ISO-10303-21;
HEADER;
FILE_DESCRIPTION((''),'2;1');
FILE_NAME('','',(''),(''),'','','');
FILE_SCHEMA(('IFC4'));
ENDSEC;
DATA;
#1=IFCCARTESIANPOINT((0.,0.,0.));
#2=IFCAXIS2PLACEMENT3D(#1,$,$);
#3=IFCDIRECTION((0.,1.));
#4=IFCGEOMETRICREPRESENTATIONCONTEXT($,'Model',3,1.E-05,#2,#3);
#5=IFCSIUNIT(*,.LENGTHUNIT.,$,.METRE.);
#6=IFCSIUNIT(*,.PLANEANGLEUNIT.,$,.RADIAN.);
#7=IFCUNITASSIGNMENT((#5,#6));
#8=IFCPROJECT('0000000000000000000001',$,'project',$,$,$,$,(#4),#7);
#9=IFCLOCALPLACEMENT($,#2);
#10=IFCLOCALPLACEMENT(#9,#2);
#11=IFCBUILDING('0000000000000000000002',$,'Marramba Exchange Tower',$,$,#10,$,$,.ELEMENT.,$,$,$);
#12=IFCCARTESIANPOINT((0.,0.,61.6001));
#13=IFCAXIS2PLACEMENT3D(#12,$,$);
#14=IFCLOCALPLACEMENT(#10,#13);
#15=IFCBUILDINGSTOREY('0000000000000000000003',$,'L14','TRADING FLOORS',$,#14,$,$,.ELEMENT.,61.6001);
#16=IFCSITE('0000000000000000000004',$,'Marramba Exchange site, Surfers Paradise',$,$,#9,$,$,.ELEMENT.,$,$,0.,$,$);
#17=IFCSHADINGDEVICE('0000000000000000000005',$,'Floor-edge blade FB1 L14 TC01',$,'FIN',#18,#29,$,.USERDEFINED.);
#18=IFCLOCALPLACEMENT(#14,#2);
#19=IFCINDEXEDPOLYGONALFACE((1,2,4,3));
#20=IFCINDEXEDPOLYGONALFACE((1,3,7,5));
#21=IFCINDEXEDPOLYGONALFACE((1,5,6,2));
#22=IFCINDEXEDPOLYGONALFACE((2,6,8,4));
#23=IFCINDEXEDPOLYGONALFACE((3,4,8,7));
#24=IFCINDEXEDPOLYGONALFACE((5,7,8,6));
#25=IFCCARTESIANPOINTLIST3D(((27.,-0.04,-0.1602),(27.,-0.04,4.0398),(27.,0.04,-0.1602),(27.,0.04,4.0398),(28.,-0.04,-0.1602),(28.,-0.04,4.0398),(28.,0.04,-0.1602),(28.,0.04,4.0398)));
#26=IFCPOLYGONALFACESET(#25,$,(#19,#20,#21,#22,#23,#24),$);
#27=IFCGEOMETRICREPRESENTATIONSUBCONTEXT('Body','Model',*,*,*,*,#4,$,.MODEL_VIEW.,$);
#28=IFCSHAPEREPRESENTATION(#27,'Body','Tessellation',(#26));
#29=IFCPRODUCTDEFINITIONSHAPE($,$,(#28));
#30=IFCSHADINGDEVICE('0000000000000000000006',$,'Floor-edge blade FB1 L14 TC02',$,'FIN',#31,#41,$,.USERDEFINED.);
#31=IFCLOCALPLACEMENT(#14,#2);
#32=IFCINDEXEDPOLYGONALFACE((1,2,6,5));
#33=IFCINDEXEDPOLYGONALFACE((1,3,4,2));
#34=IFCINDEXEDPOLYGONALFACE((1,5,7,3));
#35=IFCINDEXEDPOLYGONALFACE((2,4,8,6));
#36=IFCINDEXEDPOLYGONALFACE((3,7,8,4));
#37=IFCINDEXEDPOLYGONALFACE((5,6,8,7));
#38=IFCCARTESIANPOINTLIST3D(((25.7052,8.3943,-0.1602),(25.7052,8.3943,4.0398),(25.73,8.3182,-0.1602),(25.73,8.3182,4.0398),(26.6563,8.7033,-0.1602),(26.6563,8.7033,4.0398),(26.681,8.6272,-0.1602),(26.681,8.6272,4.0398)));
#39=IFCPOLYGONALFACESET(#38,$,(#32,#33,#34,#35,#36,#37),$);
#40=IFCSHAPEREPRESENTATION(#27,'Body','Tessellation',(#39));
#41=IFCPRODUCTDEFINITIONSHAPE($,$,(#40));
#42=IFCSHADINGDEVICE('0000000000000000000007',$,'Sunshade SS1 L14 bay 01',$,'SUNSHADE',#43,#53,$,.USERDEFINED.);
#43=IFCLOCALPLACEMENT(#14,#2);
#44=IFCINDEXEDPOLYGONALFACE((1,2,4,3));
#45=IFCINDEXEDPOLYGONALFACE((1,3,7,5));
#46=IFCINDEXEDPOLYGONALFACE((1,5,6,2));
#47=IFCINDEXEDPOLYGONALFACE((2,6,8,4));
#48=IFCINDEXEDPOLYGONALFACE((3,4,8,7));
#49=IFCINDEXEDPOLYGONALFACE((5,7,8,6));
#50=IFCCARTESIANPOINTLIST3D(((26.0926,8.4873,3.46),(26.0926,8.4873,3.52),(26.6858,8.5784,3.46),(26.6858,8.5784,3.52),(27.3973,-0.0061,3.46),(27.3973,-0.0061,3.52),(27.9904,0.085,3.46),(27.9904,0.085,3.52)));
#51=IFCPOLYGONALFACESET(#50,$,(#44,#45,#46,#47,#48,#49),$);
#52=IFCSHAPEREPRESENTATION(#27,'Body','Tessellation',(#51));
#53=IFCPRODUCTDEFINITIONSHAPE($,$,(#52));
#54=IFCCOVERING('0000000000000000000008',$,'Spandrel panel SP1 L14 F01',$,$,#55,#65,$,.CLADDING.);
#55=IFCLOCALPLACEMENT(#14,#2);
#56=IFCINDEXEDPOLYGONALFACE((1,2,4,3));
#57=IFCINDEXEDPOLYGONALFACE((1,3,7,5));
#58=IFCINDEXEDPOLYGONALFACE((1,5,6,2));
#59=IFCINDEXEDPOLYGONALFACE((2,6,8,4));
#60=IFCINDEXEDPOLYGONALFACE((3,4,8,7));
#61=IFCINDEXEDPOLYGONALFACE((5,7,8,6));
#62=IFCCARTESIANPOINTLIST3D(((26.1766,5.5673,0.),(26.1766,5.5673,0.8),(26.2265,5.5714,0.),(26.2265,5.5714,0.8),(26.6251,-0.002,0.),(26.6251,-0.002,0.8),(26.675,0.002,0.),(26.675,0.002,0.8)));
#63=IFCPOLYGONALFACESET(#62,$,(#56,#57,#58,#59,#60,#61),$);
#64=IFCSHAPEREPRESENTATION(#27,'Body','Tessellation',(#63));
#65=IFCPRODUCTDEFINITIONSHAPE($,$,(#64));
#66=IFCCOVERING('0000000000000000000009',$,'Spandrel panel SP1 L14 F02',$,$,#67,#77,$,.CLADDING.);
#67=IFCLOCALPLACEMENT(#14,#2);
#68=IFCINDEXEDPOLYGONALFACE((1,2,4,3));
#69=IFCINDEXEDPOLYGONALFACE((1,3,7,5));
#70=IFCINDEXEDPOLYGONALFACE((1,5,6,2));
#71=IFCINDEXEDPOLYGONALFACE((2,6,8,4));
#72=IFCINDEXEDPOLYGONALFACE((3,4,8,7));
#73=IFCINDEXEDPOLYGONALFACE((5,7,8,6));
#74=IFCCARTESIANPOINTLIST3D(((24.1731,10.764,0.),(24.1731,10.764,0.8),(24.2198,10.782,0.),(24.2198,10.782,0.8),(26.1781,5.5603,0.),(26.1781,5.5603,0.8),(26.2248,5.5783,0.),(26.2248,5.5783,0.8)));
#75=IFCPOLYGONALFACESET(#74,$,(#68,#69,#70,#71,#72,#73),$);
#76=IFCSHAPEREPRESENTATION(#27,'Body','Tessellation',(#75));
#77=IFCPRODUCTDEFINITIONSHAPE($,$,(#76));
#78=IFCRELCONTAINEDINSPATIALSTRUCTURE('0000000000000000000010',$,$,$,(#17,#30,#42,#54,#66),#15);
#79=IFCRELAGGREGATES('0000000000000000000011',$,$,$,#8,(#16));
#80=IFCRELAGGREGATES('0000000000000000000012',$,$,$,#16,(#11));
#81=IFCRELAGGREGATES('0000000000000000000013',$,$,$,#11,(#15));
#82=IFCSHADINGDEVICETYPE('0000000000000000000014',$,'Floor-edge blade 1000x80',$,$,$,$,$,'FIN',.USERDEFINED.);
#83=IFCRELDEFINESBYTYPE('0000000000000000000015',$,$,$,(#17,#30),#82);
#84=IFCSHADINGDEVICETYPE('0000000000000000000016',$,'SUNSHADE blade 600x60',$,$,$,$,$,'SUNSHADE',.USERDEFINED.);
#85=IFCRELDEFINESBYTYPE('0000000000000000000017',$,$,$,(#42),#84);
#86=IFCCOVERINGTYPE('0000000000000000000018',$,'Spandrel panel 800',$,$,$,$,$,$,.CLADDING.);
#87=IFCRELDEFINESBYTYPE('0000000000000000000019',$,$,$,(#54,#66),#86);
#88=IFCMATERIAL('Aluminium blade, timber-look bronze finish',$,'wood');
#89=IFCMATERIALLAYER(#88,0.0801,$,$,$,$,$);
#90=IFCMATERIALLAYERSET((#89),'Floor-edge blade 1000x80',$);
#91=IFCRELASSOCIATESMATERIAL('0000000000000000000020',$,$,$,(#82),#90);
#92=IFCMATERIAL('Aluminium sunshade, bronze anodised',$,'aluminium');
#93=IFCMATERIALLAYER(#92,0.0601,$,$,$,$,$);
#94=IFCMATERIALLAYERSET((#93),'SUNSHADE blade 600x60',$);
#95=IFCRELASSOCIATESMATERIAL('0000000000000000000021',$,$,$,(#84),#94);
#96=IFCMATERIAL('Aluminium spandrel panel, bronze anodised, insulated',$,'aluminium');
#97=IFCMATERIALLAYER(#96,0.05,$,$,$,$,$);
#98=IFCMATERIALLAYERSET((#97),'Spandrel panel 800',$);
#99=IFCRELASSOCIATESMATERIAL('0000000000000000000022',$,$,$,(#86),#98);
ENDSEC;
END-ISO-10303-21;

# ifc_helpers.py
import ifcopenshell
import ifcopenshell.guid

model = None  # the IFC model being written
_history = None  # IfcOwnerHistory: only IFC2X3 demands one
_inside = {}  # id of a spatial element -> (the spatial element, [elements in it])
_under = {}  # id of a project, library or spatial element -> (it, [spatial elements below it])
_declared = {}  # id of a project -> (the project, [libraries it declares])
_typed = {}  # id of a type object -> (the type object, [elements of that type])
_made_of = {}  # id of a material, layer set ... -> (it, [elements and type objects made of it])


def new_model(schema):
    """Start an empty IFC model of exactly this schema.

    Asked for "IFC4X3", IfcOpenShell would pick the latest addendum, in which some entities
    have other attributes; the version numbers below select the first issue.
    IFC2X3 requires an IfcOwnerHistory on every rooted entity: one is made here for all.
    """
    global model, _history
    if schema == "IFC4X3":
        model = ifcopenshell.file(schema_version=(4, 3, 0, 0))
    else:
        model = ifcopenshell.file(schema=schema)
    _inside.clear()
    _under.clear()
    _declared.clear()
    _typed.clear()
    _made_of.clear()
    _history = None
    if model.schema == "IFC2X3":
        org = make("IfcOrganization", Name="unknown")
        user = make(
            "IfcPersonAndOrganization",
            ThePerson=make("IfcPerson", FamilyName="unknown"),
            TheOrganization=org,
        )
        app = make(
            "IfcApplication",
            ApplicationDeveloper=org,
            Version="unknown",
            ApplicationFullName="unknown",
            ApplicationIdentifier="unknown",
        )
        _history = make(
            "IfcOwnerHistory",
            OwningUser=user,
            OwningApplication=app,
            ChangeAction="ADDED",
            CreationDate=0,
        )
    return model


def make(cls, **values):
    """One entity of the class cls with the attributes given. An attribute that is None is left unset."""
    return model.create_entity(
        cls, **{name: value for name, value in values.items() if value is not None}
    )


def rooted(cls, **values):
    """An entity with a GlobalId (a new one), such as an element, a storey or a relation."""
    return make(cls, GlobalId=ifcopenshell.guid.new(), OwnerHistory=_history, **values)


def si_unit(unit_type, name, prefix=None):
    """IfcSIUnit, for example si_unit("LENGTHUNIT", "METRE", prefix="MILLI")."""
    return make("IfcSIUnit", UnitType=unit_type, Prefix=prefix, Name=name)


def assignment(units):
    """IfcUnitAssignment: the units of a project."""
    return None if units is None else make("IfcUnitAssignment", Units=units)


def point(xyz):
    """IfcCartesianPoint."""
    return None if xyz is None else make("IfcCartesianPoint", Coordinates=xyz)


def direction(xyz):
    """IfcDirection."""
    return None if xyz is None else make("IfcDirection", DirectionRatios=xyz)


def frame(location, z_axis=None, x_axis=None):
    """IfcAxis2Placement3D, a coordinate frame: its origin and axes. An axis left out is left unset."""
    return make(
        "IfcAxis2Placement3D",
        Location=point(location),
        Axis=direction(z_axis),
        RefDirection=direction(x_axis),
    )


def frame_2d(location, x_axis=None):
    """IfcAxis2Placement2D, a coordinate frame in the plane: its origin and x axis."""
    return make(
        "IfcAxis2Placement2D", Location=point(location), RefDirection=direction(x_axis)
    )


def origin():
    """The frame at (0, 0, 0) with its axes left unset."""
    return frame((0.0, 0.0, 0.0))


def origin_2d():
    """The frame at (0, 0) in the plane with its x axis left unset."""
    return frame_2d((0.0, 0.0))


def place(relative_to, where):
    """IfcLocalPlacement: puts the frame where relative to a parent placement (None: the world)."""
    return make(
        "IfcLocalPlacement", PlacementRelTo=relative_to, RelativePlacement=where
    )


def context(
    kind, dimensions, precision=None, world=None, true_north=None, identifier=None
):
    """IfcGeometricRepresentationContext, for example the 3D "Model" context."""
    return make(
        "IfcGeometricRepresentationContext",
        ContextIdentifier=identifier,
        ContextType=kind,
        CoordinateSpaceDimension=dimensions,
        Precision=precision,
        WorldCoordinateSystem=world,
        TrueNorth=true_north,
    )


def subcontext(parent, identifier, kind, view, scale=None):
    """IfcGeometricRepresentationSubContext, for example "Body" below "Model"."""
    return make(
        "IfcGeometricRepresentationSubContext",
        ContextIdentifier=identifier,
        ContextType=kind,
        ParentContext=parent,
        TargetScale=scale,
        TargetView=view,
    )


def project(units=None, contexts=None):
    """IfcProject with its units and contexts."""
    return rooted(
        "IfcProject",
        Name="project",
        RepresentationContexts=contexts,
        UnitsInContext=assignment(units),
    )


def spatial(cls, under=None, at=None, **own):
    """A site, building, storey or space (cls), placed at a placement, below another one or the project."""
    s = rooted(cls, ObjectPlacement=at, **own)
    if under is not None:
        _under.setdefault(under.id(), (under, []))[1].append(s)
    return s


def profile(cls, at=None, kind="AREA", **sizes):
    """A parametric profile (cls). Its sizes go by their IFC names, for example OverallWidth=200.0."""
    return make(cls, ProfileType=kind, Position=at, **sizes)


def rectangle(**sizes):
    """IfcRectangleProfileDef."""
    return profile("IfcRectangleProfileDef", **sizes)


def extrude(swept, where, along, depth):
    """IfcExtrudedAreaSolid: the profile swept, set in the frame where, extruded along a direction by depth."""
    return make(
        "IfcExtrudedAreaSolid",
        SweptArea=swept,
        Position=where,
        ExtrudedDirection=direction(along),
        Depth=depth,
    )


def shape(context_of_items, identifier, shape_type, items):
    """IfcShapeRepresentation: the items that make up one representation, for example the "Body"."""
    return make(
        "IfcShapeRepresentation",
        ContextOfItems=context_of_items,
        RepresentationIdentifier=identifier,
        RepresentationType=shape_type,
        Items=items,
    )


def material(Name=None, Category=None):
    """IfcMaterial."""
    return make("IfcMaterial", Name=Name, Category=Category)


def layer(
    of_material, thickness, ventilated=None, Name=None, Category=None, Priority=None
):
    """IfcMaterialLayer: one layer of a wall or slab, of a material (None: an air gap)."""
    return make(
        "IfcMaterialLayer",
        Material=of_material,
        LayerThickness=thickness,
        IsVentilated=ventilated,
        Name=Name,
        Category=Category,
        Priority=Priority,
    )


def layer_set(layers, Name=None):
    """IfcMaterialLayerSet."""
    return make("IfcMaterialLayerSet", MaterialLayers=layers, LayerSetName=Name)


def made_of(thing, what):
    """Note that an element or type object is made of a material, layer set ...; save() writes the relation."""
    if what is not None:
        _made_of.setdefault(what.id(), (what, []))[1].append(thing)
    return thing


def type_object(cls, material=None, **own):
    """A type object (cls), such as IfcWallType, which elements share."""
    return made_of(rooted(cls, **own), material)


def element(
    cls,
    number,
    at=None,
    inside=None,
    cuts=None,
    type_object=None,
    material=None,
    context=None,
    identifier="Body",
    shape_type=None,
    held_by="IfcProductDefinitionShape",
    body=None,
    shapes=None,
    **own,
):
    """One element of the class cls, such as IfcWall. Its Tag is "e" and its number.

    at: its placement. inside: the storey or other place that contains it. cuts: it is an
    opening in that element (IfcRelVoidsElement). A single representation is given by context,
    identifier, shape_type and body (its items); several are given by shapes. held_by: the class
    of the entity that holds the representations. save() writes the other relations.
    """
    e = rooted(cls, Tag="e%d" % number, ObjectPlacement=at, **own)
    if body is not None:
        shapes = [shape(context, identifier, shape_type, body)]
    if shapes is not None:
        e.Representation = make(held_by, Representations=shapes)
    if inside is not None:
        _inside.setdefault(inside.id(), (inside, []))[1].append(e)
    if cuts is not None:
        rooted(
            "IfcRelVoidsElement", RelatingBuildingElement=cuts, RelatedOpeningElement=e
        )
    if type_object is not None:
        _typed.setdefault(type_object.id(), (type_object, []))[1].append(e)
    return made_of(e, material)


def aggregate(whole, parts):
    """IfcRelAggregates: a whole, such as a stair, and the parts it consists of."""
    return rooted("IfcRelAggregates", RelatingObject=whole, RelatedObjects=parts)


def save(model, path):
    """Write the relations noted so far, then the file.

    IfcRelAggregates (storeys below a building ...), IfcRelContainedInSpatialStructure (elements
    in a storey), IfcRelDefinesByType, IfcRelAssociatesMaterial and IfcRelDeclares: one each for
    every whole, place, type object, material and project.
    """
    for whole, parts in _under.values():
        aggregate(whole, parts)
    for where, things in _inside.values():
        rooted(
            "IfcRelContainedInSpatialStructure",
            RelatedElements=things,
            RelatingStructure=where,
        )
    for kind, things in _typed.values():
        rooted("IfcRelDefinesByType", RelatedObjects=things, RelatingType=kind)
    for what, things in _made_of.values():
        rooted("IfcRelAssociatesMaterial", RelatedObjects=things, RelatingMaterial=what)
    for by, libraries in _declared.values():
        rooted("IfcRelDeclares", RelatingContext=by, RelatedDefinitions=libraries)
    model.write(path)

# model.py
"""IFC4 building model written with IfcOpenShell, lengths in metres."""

from ifc_helpers import new_model, si_unit, direction, frame, origin, origin_2d, place, context, subcontext, project, spatial, rectangle, extrude, material, layer, layer_set, type_object, element, save


model = new_model("IFC4")

# Units and contexts
model_context = context("Model", 3, precision=1e-05, world=origin(), true_north=direction((0.0, 1.0)))
body_context = subcontext(model_context, "Body", "Model", "MODEL_VIEW")
ifc_project = project(units=[si_unit("LENGTHUNIT", "METRE"), si_unit("PLANEANGLEUNIT", "RADIAN")], contexts=[model_context])

# Site, building, storey
site_placement = place(None, origin())
site = spatial("IfcSite", under=ifc_project, at=site_placement, Name="Marramba Exchange site, Surfers Paradise", CompositionType="ELEMENT", RefElevation=0.0)
building_placement = place(site_placement, origin())
building = spatial("IfcBuilding", under=site, at=building_placement, Name="Marramba Exchange Tower", CompositionType="ELEMENT")
storey_placement = place(building_placement, frame((0.0, 0.0, 61.6001)))
storey = spatial("IfcBuildingStorey", under=building, at=storey_placement, Name="L14", Description="TRADING FLOORS", CompositionType="ELEMENT", Elevation=61.6001)

# Shading devices
ifc_material_1 = material(Name="Aluminium blade, timber-look bronze finish", Category="wood")
ifc_layer_1 = layer(ifc_material_1, 0.0801)
ifc_layer_set_1 = layer_set([ifc_layer_1], Name="Floor-edge blade 1000x80")
shading_device_type_1 = type_object("IfcShadingDeviceType", Name="Floor-edge blade 1000x80", ElementType="FIN", PredefinedType="USERDEFINED", material=ifc_layer_set_1)
for number, where, z_axis, x_axis, name in (
    (1, (27.5, 0.0, -0.1602), (0.0, 0.0, 1.0), (1.0, 0.0, 0.0), "Floor-edge blade FB1 L14 TC01"),
    (2, (26.1931, 8.5107, -0.1602), (0.0, 0.0, 1.0), (0.951057, 0.309017, 0.0), "Floor-edge blade FB1 L14 TC02"),
):
    element("IfcShadingDevice", number, at=place(storey_placement, frame(where, z_axis=z_axis, x_axis=x_axis)), inside=storey, type_object=shading_device_type_1, Name=name, ObjectType="FIN", PredefinedType="USERDEFINED", context=body_context, shape_type="SweptSolid", body=[
        extrude(rectangle(XDim=1.0, YDim=0.0801, at=origin_2d()), origin(), (0.0, 0.0, 1.0), 4.2),
    ])
ifc_material_2 = material(Name="Aluminium sunshade, bronze anodised", Category="aluminium")
ifc_layer_2 = layer(ifc_material_2, 0.0601)
ifc_layer_set_2 = layer_set([ifc_layer_2], Name="SUNSHADE blade 600x60")
shading_device_type_2 = type_object("IfcShadingDeviceType", Name="SUNSHADE blade 600x60", ElementType="SUNSHADE", PredefinedType="USERDEFINED", material=ifc_layer_set_2)
shading_device_placement = place(storey_placement, frame((27.0415, 4.2861, 3.46), z_axis=(0.0, 0.0, 1.0), x_axis=(-0.151825, 0.988407, 0.0)))
element("IfcShadingDevice", 3, at=shading_device_placement, inside=storey, type_object=shading_device_type_2, Name="Sunshade SS1 L14 bay 01", ObjectType="SUNSHADE", PredefinedType="USERDEFINED", context=body_context, shape_type="SweptSolid", body=[
    extrude(rectangle(XDim=8.593, YDim=0.6001, at=origin_2d()), origin(), (0.0, 0.0, 1.0), 0.0601),
])

# Coverings
ifc_material_3 = material(Name="Aluminium spandrel panel, bronze anodised, insulated", Category="aluminium")
ifc_layer_3 = layer(ifc_material_3, 0.05)
ifc_layer_set_3 = layer_set([ifc_layer_3], Name="Spandrel panel 800")
covering_type = type_object("IfcCoveringType", Name="Spandrel panel 800", PredefinedType="CLADDING", material=ifc_layer_set_3)
covering_1_placement = place(storey_placement, frame((26.4258, 2.7847, 0.0), z_axis=(0.0, 0.0, 1.0), x_axis=(-0.080275, 0.996773, 0.0)))
element("IfcCovering", 4, at=covering_1_placement, inside=storey, type_object=covering_type, Name="Spandrel panel SP1 L14 F01", PredefinedType="CLADDING", context=body_context, shape_type="SweptSolid", body=[
    extrude(rectangle(XDim=5.5874, YDim=0.05, at=origin_2d()), origin(), (0.0, 0.0, 1.0), 0.8),
])
covering_2_placement = place(storey_placement, frame((25.199, 8.1711, 0.0), z_axis=(0.0, 0.0, 1.0), x_axis=(-0.359526, 0.933135, 0.0)))
element("IfcCovering", 5, at=covering_2_placement, inside=storey, type_object=covering_type, Name="Spandrel panel SP1 L14 F02", PredefinedType="CLADDING", context=body_context, shape_type="SweptSolid", body=[
    extrude(rectangle(XDim=5.5767, YDim=0.05, at=origin_2d()), origin(), (0.0, 0.0, 1.0), 0.8),
])

save(model, "model.ifc")
